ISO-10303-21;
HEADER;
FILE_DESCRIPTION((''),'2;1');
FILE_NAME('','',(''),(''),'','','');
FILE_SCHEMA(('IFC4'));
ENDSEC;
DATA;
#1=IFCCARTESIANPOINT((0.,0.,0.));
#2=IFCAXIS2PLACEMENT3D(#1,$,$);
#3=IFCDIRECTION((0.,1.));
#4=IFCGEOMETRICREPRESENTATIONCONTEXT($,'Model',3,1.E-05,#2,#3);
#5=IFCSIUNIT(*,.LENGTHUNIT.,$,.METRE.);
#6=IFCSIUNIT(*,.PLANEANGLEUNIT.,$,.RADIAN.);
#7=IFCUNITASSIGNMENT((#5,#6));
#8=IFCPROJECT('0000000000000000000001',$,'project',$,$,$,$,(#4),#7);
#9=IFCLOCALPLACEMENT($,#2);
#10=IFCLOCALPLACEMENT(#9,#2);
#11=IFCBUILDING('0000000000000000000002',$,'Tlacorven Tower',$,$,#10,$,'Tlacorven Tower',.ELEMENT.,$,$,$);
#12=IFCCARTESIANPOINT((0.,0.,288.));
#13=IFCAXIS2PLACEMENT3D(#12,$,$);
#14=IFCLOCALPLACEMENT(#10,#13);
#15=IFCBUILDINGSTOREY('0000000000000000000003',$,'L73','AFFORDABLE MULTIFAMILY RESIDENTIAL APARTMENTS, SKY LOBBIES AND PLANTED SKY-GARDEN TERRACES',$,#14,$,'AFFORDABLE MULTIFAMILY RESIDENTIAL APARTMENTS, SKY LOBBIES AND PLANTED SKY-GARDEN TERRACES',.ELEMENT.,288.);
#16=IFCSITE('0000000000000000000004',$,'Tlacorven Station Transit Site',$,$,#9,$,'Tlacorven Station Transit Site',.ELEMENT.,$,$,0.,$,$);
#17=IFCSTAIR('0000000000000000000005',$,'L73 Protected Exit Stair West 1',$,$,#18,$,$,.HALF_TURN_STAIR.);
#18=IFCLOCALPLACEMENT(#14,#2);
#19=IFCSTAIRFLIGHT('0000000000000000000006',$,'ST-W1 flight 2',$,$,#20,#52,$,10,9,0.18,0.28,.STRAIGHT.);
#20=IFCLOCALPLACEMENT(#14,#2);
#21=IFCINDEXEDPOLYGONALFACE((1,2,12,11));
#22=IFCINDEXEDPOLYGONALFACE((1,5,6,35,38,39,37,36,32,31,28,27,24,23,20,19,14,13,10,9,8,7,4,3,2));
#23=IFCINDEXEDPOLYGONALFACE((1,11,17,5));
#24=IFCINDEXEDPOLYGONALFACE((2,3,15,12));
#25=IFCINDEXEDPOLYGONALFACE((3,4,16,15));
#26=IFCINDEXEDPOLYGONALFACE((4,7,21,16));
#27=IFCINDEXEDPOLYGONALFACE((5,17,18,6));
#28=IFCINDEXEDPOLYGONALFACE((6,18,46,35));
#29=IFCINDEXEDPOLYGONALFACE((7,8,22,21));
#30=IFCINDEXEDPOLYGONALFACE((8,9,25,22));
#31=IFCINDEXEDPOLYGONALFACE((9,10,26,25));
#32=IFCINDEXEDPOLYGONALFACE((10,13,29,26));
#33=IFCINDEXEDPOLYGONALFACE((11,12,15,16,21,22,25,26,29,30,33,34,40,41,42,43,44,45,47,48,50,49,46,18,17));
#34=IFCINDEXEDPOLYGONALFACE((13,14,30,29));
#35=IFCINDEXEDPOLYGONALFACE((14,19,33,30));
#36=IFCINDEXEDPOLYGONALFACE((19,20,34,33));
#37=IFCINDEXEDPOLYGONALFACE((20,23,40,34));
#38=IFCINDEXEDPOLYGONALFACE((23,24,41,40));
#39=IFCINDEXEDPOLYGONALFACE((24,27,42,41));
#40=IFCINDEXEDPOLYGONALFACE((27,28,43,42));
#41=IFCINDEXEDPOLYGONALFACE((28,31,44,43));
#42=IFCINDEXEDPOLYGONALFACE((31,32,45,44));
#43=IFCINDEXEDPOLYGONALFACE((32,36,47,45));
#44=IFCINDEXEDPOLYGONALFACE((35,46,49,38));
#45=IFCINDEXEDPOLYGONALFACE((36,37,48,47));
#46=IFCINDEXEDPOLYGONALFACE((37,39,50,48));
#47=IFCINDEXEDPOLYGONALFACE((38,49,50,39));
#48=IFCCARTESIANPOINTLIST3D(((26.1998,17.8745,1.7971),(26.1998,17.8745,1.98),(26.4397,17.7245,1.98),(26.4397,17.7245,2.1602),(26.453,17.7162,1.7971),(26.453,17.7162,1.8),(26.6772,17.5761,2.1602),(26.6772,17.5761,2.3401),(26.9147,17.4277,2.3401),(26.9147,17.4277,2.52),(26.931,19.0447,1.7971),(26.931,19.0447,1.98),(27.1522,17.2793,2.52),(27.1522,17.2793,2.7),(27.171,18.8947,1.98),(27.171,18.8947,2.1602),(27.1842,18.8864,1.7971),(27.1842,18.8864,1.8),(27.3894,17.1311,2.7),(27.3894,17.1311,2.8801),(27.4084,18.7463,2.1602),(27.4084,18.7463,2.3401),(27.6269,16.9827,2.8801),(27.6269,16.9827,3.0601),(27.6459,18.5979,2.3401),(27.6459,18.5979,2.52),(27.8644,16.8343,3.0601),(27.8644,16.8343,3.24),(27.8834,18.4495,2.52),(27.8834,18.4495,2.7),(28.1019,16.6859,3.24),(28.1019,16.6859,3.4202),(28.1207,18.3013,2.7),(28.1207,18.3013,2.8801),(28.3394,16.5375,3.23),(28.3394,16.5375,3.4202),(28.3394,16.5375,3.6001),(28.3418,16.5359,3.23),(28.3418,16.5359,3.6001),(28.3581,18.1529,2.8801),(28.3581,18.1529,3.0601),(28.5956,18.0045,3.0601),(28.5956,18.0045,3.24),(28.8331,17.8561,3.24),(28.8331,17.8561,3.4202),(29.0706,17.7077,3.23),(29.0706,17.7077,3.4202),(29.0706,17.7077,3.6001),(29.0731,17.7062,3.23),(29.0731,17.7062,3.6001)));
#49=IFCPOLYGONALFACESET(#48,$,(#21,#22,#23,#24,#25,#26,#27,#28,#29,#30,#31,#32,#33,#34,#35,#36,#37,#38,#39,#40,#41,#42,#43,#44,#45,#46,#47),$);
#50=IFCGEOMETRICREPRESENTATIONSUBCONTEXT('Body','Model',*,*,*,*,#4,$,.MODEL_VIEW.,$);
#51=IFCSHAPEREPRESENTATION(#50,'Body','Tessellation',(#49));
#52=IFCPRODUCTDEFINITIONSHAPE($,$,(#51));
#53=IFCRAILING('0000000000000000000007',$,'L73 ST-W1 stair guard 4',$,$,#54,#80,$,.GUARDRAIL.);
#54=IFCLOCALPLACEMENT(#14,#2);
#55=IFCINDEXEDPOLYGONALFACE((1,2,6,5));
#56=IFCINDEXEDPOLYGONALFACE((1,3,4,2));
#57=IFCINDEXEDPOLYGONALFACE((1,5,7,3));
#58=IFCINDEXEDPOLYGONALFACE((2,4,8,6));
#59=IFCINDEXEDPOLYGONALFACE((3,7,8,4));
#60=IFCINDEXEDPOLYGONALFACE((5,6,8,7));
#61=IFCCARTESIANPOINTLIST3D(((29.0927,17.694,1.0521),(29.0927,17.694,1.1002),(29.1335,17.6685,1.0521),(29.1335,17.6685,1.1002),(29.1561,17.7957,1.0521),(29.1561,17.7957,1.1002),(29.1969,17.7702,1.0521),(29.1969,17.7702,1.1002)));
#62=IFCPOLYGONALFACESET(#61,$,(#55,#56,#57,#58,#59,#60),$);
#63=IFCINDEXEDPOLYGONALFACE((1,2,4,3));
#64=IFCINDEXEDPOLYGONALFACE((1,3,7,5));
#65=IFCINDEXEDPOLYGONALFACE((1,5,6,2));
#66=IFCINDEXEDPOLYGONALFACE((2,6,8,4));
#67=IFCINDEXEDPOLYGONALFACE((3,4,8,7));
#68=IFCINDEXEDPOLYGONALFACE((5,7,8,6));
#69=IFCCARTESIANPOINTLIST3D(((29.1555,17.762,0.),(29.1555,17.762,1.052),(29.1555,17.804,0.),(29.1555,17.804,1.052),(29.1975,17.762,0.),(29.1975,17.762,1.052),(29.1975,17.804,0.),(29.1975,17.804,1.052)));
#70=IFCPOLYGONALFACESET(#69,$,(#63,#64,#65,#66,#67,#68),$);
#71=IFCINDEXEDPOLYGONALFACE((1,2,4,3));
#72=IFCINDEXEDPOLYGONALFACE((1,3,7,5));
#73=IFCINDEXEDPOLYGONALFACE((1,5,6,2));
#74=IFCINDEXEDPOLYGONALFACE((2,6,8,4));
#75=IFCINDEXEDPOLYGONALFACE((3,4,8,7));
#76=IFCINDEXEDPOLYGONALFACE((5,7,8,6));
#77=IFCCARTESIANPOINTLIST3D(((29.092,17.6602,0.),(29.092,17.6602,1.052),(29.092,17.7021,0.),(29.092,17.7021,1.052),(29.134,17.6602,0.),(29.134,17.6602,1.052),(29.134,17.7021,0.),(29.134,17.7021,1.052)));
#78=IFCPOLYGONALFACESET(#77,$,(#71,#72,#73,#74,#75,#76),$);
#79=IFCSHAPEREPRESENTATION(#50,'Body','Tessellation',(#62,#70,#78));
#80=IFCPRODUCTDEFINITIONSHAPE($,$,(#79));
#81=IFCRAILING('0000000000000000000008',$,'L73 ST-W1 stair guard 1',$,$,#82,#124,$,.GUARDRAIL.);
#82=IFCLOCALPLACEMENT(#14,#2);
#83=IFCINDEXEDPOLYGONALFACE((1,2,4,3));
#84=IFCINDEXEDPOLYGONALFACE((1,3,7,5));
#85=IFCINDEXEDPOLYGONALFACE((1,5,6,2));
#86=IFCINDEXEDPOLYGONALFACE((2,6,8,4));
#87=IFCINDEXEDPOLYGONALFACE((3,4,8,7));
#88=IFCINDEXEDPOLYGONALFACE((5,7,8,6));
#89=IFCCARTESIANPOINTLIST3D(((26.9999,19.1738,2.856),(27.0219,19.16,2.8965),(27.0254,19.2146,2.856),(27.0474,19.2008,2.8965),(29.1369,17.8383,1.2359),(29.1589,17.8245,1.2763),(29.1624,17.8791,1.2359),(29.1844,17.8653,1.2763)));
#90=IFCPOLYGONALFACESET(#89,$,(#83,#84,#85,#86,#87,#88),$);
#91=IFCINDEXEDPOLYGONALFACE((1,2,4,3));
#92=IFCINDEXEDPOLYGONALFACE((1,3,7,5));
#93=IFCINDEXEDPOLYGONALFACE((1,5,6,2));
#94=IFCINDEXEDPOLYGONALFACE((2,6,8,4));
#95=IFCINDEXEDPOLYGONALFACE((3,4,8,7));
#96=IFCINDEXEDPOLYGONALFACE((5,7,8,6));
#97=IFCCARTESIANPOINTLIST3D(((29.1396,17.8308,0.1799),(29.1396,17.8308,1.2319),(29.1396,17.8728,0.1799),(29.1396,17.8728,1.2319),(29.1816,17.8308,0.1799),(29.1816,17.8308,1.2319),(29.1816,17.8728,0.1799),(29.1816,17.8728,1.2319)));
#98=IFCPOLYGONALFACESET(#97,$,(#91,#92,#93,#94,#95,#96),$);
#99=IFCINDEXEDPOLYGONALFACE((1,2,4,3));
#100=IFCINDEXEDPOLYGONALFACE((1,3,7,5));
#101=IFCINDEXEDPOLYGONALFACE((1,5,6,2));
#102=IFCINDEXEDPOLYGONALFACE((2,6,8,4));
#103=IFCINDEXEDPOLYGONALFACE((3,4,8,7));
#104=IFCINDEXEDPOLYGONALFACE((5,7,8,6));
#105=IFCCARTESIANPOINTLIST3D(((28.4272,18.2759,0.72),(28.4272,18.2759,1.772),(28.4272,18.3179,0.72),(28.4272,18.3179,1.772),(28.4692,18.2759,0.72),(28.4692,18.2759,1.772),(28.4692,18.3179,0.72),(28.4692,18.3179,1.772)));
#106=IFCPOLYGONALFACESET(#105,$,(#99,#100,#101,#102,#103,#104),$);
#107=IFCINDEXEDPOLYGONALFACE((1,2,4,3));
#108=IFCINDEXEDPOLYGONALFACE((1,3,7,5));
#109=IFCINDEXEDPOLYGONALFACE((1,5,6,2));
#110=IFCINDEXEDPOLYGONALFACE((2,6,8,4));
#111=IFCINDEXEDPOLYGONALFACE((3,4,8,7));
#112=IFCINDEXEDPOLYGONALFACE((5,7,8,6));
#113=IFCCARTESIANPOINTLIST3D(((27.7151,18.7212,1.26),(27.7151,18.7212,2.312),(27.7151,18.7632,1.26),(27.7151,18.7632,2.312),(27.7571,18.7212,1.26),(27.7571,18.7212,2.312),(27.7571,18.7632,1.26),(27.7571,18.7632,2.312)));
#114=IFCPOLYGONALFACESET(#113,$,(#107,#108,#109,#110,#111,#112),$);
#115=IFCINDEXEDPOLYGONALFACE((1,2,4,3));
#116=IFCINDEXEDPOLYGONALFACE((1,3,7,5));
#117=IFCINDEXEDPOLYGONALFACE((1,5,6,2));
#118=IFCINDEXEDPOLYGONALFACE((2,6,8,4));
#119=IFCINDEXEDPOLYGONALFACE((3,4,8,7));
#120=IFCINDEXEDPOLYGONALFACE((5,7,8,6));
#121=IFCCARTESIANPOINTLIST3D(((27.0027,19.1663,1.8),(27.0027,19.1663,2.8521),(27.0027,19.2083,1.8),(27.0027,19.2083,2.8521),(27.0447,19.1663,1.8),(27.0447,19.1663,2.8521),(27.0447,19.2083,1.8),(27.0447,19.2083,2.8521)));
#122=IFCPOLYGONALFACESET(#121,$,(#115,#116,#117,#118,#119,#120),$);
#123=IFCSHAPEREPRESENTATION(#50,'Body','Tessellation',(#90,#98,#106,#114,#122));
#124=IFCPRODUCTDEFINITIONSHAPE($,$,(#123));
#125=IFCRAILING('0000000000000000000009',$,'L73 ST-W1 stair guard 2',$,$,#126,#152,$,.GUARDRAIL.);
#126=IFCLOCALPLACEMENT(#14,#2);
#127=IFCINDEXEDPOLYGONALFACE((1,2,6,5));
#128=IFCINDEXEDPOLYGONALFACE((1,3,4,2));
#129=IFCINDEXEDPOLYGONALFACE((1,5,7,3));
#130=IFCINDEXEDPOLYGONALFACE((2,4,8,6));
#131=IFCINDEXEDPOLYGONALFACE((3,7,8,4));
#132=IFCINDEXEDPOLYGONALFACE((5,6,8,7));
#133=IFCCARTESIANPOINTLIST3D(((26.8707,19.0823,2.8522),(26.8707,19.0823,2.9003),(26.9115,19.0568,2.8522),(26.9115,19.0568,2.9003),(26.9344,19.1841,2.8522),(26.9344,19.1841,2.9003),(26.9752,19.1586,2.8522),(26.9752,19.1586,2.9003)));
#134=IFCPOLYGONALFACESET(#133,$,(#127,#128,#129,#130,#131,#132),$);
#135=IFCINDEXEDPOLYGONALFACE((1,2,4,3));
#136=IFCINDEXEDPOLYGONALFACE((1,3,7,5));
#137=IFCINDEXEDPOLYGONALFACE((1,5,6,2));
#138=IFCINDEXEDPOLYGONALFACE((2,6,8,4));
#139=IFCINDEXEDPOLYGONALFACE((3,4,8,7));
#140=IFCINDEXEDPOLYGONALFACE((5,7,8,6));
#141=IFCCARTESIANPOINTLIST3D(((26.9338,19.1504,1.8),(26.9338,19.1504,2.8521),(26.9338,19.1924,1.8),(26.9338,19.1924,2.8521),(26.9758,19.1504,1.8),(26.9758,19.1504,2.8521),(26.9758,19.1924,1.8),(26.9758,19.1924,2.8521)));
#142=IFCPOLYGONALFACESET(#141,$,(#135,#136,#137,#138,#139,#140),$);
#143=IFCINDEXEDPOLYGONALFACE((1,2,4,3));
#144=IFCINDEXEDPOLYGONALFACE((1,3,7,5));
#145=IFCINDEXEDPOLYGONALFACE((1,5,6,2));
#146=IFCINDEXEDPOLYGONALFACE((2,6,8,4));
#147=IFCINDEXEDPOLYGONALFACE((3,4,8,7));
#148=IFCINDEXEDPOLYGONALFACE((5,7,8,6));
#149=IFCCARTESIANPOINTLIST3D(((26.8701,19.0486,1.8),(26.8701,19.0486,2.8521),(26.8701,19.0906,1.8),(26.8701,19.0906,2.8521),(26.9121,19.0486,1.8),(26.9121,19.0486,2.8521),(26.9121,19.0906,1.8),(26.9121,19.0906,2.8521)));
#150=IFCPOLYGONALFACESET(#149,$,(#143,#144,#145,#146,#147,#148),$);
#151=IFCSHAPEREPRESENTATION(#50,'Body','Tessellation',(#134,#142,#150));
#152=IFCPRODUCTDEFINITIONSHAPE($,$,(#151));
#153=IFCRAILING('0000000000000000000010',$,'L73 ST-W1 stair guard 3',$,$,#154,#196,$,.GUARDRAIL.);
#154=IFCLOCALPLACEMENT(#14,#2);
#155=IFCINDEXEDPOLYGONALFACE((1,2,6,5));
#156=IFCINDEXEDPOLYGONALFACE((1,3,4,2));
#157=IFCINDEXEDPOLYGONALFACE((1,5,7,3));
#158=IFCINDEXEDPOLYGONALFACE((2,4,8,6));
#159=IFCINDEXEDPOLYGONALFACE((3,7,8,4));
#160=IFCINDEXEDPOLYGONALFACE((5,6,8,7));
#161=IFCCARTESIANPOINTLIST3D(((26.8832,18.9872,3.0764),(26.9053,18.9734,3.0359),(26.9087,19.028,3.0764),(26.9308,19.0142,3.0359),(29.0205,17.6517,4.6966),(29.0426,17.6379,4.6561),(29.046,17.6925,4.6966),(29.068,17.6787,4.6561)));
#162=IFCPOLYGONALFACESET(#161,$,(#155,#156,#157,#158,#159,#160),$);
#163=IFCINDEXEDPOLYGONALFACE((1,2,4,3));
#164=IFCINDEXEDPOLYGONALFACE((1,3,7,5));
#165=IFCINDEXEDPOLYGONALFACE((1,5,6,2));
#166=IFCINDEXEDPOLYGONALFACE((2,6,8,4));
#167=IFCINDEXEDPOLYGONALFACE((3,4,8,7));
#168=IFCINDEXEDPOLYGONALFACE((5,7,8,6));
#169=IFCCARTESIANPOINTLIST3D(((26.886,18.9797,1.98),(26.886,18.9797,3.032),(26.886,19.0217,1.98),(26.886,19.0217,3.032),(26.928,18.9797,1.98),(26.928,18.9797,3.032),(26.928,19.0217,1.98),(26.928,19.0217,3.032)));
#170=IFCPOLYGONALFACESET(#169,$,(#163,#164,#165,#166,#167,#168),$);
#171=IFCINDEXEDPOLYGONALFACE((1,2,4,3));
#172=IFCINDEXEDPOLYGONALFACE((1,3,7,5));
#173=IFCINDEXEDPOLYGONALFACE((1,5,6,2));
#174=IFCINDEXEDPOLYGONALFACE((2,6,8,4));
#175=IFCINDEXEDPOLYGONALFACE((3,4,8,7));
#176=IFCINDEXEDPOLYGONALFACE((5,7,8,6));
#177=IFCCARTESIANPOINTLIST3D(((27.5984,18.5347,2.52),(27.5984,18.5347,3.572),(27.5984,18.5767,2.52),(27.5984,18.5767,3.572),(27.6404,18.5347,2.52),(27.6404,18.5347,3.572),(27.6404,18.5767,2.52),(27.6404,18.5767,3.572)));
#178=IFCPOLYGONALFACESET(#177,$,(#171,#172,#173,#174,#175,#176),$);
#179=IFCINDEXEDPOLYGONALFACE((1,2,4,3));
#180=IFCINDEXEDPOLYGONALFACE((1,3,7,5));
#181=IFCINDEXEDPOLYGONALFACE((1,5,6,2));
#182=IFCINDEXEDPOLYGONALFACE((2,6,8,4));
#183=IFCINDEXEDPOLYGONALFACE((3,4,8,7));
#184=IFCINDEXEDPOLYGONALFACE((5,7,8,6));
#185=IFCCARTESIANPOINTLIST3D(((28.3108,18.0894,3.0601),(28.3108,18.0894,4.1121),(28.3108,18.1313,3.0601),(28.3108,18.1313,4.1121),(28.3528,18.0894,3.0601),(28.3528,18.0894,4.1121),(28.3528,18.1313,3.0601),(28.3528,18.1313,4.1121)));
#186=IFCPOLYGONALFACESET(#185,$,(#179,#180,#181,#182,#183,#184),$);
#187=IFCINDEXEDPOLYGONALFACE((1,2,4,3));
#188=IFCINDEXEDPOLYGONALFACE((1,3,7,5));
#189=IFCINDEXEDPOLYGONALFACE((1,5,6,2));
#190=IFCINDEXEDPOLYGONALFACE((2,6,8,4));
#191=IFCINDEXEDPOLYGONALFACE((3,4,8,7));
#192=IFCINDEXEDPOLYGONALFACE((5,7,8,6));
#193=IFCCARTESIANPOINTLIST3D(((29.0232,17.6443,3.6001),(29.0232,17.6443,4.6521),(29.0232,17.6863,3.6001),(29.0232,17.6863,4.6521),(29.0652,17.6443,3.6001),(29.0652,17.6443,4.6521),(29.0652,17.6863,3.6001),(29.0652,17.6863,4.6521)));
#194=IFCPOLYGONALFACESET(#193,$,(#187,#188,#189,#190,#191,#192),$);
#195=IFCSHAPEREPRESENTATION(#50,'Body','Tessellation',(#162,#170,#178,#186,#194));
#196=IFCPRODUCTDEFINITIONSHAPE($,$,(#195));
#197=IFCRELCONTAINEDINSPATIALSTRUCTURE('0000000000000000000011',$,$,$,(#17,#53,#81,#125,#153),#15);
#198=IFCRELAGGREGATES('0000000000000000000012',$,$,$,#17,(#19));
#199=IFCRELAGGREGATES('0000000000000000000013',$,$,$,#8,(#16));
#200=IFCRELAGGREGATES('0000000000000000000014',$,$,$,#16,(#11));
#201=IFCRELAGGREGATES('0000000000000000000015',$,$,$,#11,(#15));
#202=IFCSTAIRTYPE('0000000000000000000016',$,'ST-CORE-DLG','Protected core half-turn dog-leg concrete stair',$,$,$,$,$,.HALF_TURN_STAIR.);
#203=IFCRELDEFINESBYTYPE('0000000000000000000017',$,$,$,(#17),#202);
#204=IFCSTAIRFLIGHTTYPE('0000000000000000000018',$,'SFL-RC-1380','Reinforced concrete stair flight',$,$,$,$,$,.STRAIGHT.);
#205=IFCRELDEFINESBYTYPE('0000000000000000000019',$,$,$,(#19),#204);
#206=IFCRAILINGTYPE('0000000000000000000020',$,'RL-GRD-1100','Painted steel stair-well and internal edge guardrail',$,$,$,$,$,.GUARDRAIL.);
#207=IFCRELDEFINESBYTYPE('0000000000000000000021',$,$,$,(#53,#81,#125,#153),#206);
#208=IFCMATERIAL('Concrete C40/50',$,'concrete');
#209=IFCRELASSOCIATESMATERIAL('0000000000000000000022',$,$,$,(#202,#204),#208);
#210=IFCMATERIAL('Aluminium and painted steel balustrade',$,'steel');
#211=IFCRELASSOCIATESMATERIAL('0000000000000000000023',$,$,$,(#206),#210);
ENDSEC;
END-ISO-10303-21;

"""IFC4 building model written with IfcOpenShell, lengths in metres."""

from ifc_helpers import new_model, si_unit, direction, frame, origin, origin_2d, place, context, subcontext, project, spatial, polyline, rectangle, outline, extrude, source, transform, mapped, material, type_object, element, aggregate, save


model = new_model("IFC4")

# Units and contexts
model_context = context("Model", 3, precision=1e-05, world=origin(), true_north=direction((0.0, 1.0)))
body_context = subcontext(model_context, "Body", "Model", "MODEL_VIEW")
ifc_project = project(units=[si_unit("LENGTHUNIT", "METRE"), si_unit("PLANEANGLEUNIT", "RADIAN")], contexts=[model_context])

# Site, building, storey
site_placement = place(None, origin())
site = spatial("IfcSite", under=ifc_project, at=site_placement, Name="Tlacorven Station Transit Site", LongName="Tlacorven Station Transit Site", CompositionType="ELEMENT", RefElevation=0.0)
building_placement = place(site_placement, origin())
building = spatial("IfcBuilding", under=site, at=building_placement, Name="Tlacorven Tower", LongName="Tlacorven Tower", CompositionType="ELEMENT")
storey_placement = place(building_placement, frame((0.0, 0.0, 288.0)))
storey = spatial("IfcBuildingStorey", under=building, at=storey_placement, Name="L73", Description="AFFORDABLE MULTIFAMILY RESIDENTIAL APARTMENTS, SKY LOBBIES AND PLANTED SKY-GARDEN TERRACES", LongName="AFFORDABLE MULTIFAMILY RESIDENTIAL APARTMENTS, SKY LOBBIES AND PLANTED SKY-GARDEN TERRACES", CompositionType="ELEMENT", Elevation=288.0)

# Stair, stair flight
ifc_material_1 = material(Name="Concrete C40/50", Category="concrete")
stair_type = type_object("IfcStairType", Name="ST-CORE-DLG", Description="Protected core half-turn dog-leg concrete stair", PredefinedType="HALF_TURN_STAIR", material=ifc_material_1)
stair_placement = place(storey_placement, origin())
stair = element("IfcStair", 1, at=stair_placement, inside=storey, type_object=stair_type, Name="L73 Protected Exit Stair West 1", PredefinedType="HALF_TURN_STAIR")
stair_flight_type = type_object("IfcStairFlightType", Name="SFL-RC-1380", Description="Reinforced concrete stair flight", PredefinedType="STRAIGHT", material=ifc_material_1)
shared_shape_1 = source(origin(), body_context, "Body", "SweptSolid", [
    extrude(outline(polyline([(-0.0029, -0.0029), (-0.0029, 0.1799), (0.28, 0.1799), (0.28, 0.3601), (0.5601, 0.3601), (0.5601, 0.54), (0.8401, 0.54), (0.8401, 0.72), (1.1201, 0.72), (1.1201, 0.8999), (1.3999, 0.8999), (1.3999, 1.0801), (1.6799, 1.0801), (1.6799, 1.26), (1.96, 1.26), (1.96, 1.4399), (2.24, 1.4399), (2.24, 1.6201), (2.52, 1.6201), (2.52, 1.8), (2.5229, 1.8), (2.5229, 1.4299), (2.52, 1.4299), (0.2957, 0.0), (0.2957, -0.0029), (-0.0029, -0.0029)])), frame((0.0, 0.6899, 0.0), z_axis=(0.0, -1.0, 0.0), x_axis=(1.0, 0.0, 0.0)), (0.0, 0.0, 1.0), 1.3799),
])
stair_flight_1_placement = place(storey_placement, frame((26.5679, 18.458, 1.8), z_axis=(0.0, 0.0, 1.0), x_axis=(0.848048, -0.529919, 0.0)))
stair_flight_1 = element("IfcStairFlight", 2, at=stair_flight_1_placement, type_object=stair_flight_type, Name="ST-W1 flight 2", NumberOfRisers=10, NumberOfTreads=9, PredefinedType="STRAIGHT", RiserHeight=0.18, TreadLength=0.28, context=body_context, shape_type="MappedRepresentation", body=[
    mapped(shared_shape_1, transform((0.0, 0.0, 0.0), scale=1.0)),
])
aggregate(stair, [stair_flight_1])

# Railings
ifc_material_2 = material(Name="Aluminium and painted steel balustrade", Category="steel")
railing_type_1 = type_object("IfcRailingType", Name="RL-GRD-1100", Description="Painted steel stair-well and internal edge guardrail", PredefinedType="GUARDRAIL", material=ifc_material_2)
shared_shape_2 = source(origin(), body_context, "Body", "SweptSolid", [
    extrude(rectangle(XDim=0.0481, YDim=0.0481, at=origin_2d()), frame((0.0, 0.0, 1.0762), z_axis=(-0.529084, -0.848569, 0.0), x_axis=(0.848569, -0.529084, 0.0)), (0.0, 0.0, 1.0), 0.1199),
    extrude(rectangle(XDim=0.042, YDim=0.042, at=origin_2d()), origin(), (0.0, 0.0, 1.0), 1.052),
    extrude(rectangle(XDim=0.042, YDim=0.042, at=origin_2d()), frame((-0.0635, -0.1018, 0.0)), (0.0, 0.0, 1.0), 1.052),
])
railing_1_placement = place(storey_placement, frame((29.1765, 17.783, 0.0)))
element("IfcRailing", 3, at=railing_1_placement, inside=storey, type_object=railing_type_1, Name="L73 ST-W1 stair guard 4", PredefinedType="GUARDRAIL", context=body_context, shape_type="MappedRepresentation", body=[
    mapped(shared_shape_2, transform((0.0, 0.0, 0.0), scale=1.0)),
])
shared_shape_3 = source(origin(), body_context, "Body", "SweptSolid", [
    extrude(rectangle(XDim=0.0481, YDim=0.0481, at=origin_2d()), frame((0.0, 0.0, 1.0762), z_axis=(-0.71332, 0.445774, 0.540796), x_axis=(-0.529955, -0.848026, 0.0)), (0.0, 0.0, 1.0), 2.9958),
    extrude(rectangle(XDim=0.042, YDim=0.042, at=origin_2d()), origin(), (0.0, 0.0, 1.0), 1.052),
    extrude(rectangle(XDim=0.042, YDim=0.042, at=origin_2d()), frame((-0.7124, 0.4451, 0.54)), (0.0, 0.0, 1.0), 1.052),
    extrude(rectangle(XDim=0.042, YDim=0.042, at=origin_2d()), frame((-1.4246, 0.8904, 1.0801)), (0.0, 0.0, 1.0), 1.052),
    extrude(rectangle(XDim=0.042, YDim=0.042, at=origin_2d()), frame((-2.137, 1.3354, 1.6201)), (0.0, 0.0, 1.0), 1.052),
])
railing_2_placement = place(storey_placement, frame((29.1606, 17.8518, 0.1799)))
element("IfcRailing", 4, at=railing_2_placement, inside=storey, type_object=railing_type_1, Name="L73 ST-W1 stair guard 1", PredefinedType="GUARDRAIL", context=body_context, shape_type="MappedRepresentation", body=[
    mapped(shared_shape_3, transform((0.0, 0.0, 0.0), scale=1.0)),
])
shared_shape_4 = source(origin(), body_context, "Body", "SweptSolid", [
    extrude(rectangle(XDim=0.0481, YDim=0.0481, at=origin_2d()), frame((0.0, 0.0, 1.0762), z_axis=(-0.530547, -0.847656, 0.0), x_axis=(0.847656, -0.530547, 0.0)), (0.0, 0.0, 1.0), 0.1201),
    extrude(rectangle(XDim=0.042, YDim=0.042, at=origin_2d()), origin(), (0.0, 0.0, 1.0), 1.052),
    extrude(rectangle(XDim=0.042, YDim=0.042, at=origin_2d()), frame((-0.0637, -0.1018, 0.0)), (0.0, 0.0, 1.0), 1.052),
])
railing_3_placement = place(storey_placement, frame((26.9548, 19.1714, 1.8)))
element("IfcRailing", 5, at=railing_3_placement, inside=storey, type_object=railing_type_1, Name="L73 ST-W1 stair guard 2", PredefinedType="GUARDRAIL", context=body_context, shape_type="MappedRepresentation", body=[
    mapped(shared_shape_4, transform((0.0, 0.0, 0.0), scale=1.0)),
])
shared_shape_5 = source(origin(), body_context, "Body", "SweptSolid", [
    extrude(rectangle(XDim=0.0481, YDim=0.0481, at=origin_2d()), frame((0.0, 0.0, 1.0762), z_axis=(0.71336, -0.445748, 0.540765), x_axis=(0.529912, 0.848053, 0.0)), (0.0, 0.0, 1.0), 2.9961),
    extrude(rectangle(XDim=0.042, YDim=0.042, at=origin_2d()), origin(), (0.0, 0.0, 1.0), 1.052),
    extrude(rectangle(XDim=0.042, YDim=0.042, at=origin_2d()), frame((0.7124, -0.4451, 0.54)), (0.0, 0.0, 1.0), 1.052),
    extrude(rectangle(XDim=0.042, YDim=0.042, at=origin_2d()), frame((1.4248, -0.8904, 1.0801)), (0.0, 0.0, 1.0), 1.052),
    extrude(rectangle(XDim=0.042, YDim=0.042, at=origin_2d()), frame((2.1372, -1.3354, 1.6201)), (0.0, 0.0, 1.0), 1.052),
])
railing_4_placement = place(storey_placement, frame((26.907, 19.0007, 1.98)))
element("IfcRailing", 6, at=railing_4_placement, inside=storey, type_object=railing_type_1, Name="L73 ST-W1 stair guard 3", PredefinedType="GUARDRAIL", context=body_context, shape_type="MappedRepresentation", body=[
    mapped(shared_shape_5, transform((0.0, 0.0, 0.0), scale=1.0)),
])

save(model, "model.ifc")
